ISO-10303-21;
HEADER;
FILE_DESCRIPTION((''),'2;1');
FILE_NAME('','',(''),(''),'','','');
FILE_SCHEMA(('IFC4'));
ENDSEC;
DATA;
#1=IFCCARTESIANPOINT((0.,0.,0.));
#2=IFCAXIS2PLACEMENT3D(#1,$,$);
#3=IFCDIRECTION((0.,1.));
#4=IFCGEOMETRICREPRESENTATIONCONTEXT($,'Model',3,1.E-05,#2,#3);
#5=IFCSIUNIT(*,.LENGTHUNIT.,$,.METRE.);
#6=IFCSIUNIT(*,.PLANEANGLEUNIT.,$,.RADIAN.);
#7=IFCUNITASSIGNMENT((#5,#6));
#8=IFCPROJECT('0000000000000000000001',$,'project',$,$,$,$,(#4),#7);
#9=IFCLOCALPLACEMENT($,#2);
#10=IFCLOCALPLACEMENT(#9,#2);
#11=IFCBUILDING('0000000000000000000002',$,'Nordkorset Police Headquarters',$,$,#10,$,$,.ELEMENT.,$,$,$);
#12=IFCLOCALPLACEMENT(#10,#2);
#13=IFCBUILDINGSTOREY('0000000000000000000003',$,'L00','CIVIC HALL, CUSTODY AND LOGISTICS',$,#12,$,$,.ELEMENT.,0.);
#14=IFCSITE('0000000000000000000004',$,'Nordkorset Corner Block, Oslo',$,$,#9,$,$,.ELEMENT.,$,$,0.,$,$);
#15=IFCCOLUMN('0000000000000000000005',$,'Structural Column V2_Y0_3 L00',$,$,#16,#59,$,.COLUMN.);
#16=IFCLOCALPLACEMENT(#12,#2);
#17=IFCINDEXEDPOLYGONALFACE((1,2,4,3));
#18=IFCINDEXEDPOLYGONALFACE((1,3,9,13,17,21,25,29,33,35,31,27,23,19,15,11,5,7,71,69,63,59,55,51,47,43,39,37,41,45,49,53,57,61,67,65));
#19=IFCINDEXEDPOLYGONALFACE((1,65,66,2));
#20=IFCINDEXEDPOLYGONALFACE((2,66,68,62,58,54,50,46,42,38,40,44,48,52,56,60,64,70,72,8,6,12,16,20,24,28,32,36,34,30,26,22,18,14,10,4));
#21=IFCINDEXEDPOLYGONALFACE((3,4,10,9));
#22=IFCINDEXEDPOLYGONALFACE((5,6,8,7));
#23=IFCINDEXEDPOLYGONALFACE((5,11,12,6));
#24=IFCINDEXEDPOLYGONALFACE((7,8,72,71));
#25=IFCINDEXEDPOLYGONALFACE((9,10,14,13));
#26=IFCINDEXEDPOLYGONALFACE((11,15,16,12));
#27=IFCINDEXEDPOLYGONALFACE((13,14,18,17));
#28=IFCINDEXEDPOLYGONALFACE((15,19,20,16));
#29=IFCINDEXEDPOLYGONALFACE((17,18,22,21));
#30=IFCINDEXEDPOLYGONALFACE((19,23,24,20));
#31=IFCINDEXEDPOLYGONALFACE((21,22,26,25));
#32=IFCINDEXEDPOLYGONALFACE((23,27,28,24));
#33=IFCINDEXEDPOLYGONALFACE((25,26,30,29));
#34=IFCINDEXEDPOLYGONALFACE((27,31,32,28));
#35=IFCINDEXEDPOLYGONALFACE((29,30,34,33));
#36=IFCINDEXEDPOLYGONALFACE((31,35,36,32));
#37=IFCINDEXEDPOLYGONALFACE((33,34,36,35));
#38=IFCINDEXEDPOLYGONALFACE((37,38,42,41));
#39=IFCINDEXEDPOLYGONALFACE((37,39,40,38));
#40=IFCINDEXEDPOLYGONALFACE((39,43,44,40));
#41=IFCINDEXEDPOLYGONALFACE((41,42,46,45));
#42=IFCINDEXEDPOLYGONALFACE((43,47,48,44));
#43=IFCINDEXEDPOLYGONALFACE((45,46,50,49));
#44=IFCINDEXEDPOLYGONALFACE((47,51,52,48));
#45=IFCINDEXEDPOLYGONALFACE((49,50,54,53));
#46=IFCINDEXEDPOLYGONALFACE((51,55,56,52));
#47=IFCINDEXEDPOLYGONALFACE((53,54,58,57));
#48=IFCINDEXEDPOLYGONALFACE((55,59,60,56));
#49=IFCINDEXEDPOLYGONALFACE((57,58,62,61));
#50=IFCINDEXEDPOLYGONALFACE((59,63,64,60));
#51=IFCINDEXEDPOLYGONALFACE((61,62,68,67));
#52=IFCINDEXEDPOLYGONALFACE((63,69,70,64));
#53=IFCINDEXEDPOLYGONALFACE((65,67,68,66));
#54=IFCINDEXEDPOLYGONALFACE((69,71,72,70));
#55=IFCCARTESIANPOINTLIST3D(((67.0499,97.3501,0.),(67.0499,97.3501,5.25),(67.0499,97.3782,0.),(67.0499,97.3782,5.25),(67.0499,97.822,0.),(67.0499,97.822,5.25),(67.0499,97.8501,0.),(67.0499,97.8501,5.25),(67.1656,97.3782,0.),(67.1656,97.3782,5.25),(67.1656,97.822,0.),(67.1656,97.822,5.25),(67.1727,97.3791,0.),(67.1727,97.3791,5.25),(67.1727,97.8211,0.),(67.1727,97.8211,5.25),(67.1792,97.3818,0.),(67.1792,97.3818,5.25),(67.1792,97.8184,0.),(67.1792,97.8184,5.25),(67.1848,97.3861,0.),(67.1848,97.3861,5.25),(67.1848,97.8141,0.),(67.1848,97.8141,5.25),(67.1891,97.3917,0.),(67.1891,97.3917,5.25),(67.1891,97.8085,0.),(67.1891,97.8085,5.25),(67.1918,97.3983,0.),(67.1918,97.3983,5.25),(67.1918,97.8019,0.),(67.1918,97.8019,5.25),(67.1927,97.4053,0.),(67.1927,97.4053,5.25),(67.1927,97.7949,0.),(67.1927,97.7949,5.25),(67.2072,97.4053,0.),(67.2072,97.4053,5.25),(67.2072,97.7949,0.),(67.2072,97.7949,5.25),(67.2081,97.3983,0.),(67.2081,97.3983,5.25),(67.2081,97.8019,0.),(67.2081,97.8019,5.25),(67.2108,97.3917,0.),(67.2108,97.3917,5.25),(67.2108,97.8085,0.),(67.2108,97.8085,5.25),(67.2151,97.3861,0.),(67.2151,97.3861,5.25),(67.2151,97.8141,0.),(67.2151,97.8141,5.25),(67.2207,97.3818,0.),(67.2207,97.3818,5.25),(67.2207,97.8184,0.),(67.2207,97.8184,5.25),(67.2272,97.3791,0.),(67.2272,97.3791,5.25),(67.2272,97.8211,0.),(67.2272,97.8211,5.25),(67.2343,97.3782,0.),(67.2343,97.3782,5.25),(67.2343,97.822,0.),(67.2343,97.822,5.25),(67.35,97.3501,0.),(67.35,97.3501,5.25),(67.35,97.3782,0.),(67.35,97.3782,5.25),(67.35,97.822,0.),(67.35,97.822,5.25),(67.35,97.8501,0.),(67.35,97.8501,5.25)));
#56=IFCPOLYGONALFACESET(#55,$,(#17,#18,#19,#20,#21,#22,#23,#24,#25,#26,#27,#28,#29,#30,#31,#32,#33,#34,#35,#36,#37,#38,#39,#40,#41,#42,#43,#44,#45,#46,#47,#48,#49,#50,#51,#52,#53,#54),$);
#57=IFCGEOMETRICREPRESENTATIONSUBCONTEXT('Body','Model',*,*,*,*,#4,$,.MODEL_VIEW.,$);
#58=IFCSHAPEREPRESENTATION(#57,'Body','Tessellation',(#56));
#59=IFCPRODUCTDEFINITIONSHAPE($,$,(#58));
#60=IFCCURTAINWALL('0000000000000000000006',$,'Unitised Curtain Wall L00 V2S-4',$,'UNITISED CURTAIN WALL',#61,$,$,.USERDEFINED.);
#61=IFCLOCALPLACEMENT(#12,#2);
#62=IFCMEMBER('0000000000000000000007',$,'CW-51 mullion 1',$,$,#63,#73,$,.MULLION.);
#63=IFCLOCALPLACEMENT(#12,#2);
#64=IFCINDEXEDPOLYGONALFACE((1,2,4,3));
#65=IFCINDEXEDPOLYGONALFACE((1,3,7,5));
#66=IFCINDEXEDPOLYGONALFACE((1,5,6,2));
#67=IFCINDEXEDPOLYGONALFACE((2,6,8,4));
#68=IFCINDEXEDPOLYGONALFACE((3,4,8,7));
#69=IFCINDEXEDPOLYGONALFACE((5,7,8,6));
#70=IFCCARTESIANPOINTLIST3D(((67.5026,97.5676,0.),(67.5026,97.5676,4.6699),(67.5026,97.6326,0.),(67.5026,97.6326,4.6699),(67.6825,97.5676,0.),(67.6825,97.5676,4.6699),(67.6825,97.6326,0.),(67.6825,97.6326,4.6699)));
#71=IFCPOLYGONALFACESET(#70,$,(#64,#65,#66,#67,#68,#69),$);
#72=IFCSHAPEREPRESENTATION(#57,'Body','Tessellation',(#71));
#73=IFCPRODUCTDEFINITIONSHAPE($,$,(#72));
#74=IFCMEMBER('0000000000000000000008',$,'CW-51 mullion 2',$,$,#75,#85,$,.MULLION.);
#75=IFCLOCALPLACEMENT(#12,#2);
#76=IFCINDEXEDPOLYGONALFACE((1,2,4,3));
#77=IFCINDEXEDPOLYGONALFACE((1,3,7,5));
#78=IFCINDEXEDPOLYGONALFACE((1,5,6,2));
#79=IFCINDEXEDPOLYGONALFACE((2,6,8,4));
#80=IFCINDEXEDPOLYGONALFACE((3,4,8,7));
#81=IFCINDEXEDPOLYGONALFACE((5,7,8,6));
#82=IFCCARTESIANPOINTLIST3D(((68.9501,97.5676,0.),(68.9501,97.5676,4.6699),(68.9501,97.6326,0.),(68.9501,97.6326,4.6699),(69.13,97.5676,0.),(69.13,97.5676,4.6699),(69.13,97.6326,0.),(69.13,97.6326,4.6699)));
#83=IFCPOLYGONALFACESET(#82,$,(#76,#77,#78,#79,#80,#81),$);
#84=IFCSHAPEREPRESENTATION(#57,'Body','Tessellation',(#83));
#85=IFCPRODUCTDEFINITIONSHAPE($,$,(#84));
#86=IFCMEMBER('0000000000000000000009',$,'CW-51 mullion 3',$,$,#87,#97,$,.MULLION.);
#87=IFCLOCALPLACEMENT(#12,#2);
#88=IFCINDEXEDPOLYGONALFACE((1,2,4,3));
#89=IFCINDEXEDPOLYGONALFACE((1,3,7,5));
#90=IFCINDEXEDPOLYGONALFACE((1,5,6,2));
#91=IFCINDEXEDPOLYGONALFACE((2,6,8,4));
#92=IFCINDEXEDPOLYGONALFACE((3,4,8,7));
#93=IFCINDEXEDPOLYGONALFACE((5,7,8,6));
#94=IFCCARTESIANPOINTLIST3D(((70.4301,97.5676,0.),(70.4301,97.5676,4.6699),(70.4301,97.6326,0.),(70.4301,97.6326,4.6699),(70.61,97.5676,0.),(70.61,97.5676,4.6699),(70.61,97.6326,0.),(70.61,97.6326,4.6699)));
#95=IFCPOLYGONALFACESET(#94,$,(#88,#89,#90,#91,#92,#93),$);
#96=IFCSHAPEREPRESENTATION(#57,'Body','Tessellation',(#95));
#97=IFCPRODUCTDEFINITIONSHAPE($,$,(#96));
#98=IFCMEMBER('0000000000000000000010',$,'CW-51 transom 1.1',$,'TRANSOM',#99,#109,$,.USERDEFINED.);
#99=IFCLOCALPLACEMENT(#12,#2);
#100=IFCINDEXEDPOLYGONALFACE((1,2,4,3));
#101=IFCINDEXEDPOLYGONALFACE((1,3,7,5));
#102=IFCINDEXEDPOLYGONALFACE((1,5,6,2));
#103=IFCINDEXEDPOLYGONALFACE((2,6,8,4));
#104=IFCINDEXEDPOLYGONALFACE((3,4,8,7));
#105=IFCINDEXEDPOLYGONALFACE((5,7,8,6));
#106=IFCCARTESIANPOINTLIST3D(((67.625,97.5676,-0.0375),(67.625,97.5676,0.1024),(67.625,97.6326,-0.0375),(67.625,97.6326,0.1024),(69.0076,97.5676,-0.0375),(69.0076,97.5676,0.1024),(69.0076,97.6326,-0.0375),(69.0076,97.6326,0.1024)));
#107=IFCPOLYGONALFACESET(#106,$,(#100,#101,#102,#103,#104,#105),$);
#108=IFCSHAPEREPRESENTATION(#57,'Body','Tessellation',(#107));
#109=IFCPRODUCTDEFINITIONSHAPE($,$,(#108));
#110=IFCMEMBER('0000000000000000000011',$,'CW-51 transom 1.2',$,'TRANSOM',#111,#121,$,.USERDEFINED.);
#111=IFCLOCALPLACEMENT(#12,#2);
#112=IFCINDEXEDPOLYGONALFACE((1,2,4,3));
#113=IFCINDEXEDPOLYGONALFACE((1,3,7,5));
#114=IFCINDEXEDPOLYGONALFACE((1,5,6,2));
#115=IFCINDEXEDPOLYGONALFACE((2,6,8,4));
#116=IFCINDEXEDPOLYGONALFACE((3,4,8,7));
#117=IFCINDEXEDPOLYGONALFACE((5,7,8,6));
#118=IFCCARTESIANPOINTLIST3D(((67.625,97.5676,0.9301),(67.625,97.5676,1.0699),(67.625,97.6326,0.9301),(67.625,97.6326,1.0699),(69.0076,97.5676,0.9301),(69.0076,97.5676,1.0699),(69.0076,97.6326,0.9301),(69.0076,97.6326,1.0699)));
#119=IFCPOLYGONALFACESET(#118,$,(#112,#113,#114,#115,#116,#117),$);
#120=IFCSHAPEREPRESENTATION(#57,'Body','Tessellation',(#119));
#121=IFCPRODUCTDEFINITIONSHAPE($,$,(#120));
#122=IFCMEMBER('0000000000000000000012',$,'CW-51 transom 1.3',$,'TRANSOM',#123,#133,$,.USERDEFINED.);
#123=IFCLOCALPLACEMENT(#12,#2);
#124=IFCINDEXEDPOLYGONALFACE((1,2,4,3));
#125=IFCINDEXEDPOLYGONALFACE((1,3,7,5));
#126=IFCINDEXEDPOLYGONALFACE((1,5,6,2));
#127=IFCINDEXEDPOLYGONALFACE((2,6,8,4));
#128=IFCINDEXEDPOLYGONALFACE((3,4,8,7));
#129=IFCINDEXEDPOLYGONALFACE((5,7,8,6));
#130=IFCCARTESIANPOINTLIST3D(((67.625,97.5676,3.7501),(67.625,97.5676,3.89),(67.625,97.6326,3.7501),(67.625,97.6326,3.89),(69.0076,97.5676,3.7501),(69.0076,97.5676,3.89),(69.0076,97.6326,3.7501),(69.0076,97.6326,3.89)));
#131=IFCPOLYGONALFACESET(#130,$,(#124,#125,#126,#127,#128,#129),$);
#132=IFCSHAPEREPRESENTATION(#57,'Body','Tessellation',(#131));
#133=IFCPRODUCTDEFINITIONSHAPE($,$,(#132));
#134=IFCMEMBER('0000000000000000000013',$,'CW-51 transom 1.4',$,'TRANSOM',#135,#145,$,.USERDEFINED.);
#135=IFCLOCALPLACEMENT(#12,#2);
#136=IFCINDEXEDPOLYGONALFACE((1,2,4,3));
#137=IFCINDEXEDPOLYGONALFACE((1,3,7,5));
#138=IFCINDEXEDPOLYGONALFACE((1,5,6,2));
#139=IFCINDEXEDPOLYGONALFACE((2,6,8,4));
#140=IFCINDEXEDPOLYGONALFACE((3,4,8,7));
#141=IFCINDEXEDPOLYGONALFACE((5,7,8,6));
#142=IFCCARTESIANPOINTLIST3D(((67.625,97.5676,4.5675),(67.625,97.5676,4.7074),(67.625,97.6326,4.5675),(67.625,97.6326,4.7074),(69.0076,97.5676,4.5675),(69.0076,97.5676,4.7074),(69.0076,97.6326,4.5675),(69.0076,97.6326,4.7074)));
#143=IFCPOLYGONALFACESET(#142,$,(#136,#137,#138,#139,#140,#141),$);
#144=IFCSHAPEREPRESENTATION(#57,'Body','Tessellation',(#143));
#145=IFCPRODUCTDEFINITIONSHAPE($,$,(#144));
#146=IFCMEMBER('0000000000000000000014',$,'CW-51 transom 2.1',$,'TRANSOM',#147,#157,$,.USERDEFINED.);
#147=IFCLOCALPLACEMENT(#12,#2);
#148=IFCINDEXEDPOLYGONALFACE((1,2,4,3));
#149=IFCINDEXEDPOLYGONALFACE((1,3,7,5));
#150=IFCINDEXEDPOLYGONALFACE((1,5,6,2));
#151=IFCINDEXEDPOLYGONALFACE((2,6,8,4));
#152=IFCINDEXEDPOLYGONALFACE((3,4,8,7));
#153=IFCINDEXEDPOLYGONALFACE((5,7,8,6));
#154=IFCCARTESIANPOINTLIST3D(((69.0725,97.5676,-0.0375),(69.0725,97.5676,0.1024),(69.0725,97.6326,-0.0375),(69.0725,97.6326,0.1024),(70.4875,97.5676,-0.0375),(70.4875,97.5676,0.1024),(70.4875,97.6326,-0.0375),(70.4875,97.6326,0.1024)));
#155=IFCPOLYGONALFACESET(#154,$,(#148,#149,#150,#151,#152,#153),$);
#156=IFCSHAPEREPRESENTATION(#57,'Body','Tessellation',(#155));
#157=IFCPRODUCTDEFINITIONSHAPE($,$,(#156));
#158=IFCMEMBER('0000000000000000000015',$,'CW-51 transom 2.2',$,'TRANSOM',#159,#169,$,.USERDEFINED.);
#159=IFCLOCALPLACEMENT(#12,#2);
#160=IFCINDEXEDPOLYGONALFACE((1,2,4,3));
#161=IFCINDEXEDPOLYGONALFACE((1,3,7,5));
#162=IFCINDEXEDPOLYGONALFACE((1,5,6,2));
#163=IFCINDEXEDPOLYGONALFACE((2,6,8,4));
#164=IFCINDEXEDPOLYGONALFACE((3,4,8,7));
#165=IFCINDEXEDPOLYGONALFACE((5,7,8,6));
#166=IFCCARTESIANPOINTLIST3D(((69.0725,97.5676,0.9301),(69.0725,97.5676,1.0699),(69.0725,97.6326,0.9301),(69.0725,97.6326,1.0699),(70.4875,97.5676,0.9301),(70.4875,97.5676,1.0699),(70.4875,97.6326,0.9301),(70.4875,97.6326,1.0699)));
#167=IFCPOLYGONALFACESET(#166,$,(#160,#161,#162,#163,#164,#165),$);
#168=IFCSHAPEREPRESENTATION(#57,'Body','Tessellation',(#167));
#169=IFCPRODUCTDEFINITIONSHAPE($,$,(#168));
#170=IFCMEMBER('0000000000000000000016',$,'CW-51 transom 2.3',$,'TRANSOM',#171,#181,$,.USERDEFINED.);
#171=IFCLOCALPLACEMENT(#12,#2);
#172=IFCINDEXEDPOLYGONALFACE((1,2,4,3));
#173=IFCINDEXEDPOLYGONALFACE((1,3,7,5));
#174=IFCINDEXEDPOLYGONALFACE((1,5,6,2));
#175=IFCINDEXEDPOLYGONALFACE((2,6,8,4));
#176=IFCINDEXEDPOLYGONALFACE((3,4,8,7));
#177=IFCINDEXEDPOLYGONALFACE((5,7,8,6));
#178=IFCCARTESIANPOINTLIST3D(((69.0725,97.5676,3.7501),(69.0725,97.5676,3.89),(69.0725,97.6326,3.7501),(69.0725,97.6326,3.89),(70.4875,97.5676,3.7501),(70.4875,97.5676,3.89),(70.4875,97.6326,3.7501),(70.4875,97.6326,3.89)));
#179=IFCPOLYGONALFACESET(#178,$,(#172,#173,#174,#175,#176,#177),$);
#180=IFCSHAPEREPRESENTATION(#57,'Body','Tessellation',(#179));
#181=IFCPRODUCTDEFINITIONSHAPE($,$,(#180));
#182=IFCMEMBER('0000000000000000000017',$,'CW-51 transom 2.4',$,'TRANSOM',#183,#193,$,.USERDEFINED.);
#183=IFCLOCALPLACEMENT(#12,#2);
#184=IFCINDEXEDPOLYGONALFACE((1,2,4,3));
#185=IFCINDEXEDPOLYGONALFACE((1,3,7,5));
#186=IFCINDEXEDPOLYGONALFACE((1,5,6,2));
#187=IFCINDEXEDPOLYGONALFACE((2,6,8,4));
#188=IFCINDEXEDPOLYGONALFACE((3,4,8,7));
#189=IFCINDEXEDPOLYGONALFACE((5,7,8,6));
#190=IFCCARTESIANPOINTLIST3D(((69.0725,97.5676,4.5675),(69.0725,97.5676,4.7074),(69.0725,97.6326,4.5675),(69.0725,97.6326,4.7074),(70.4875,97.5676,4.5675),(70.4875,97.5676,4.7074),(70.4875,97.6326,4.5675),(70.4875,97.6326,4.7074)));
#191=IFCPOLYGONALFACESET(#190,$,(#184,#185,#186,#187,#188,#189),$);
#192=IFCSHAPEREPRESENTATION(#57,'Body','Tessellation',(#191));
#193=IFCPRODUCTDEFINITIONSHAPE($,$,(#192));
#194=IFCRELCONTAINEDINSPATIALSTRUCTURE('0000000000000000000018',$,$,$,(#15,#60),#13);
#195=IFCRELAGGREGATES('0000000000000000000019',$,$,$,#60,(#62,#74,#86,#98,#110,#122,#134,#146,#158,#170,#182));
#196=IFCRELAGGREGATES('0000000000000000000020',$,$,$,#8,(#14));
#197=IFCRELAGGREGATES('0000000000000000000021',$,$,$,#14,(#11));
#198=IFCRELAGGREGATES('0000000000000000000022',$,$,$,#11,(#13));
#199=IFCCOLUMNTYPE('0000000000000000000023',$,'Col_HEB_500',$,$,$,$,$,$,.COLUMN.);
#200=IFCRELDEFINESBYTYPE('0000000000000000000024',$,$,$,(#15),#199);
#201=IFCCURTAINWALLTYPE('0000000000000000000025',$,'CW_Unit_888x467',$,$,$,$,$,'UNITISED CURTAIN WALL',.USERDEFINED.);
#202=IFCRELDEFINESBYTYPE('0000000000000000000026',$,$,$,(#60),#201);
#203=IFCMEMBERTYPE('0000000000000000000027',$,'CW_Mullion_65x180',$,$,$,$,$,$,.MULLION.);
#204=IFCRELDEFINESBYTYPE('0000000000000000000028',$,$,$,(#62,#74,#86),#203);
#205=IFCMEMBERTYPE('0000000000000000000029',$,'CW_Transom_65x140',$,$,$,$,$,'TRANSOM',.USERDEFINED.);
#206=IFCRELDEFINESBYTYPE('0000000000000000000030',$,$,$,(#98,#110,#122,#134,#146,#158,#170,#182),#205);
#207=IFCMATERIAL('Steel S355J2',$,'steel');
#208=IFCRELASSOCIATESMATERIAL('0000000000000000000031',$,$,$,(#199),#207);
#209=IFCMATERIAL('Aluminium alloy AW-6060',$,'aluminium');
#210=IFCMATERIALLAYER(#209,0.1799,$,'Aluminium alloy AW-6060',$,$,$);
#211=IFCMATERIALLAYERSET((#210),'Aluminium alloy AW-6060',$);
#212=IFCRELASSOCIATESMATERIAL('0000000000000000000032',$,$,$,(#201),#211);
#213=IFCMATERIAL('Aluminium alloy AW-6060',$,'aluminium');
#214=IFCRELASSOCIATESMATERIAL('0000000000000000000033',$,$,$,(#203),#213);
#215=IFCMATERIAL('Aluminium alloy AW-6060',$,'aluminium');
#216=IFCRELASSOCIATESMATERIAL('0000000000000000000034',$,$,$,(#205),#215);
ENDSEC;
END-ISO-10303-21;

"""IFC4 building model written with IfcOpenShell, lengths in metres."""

from ifc_helpers import new_model, si_unit, direction, frame, origin, origin_2d, place, context, subcontext, project, spatial, rectangle, i_section, extrude, material, layer, layer_set, material_profile, profile_set, type_object, element, aggregate, save


model = new_model("IFC4")

# Units and contexts
model_context = context("Model", 3, precision=1e-05, world=origin(), true_north=direction((0.0, 1.0)))
body_context = subcontext(model_context, "Body", "Model", "MODEL_VIEW")
ifc_project = project(units=[si_unit("LENGTHUNIT", "METRE"), si_unit("PLANEANGLEUNIT", "RADIAN")], contexts=[model_context])

# Site, building, storey
site_placement = place(None, origin())
site = spatial("IfcSite", under=ifc_project, at=site_placement, Name="Nordkorset Corner Block, Oslo", CompositionType="ELEMENT", RefElevation=0.0)
building_placement = place(site_placement, origin())
building = spatial("IfcBuilding", under=site, at=building_placement, Name="Nordkorset Police Headquarters", CompositionType="ELEMENT")
storey_placement = place(building_placement, origin())
storey = spatial("IfcBuildingStorey", under=building, at=storey_placement, Name="L00", Description="CIVIC HALL, CUSTODY AND LOGISTICS", CompositionType="ELEMENT", Elevation=0.0)

# Column
ifc_material_1 = material(Name="Steel S355J2", Category="steel")
ifc_material_profile_1 = material_profile(ifc_material_1, i_section(OverallWidth=0.3, OverallDepth=0.5, WebThickness=0.0144, FlangeThickness=0.0281, FilletRadius=0.0271, at=origin_2d()), Name="HEB 500")
ifc_profile_set_1 = profile_set([ifc_material_profile_1], Name="Steel S355J2")
column_type = type_object("IfcColumnType", Name="Col_HEB_500", PredefinedType="COLUMN", material=ifc_profile_set_1)
column_placement = place(storey_placement, frame((67.2, 97.6001, 0.0), z_axis=(0.0, 0.0, 1.0), x_axis=(1.0, 0.0, 0.0)))
element("IfcColumn", 1, at=column_placement, inside=storey, type_object=column_type, Name="Structural Column V2_Y0_3 L00", PredefinedType="COLUMN", context=body_context, shape_type="SweptSolid", body=[
    extrude(i_section(OverallWidth=0.3, OverallDepth=0.5, WebThickness=0.0144, FlangeThickness=0.0281, FilletRadius=0.0271, at=origin_2d()), origin(), (0.0, 0.0, 1.0), 5.25),
])

# Curtain wall, members
ifc_material_2 = material(Name="Aluminium alloy AW-6060", Category="aluminium")
ifc_layer_1 = layer(ifc_material_2, 0.1799, Name="Aluminium alloy AW-6060")
ifc_layer_set_1 = layer_set([ifc_layer_1], Name="Aluminium alloy AW-6060")
curtain_wall_type = type_object("IfcCurtainWallType", Name="CW_Unit_888x467", ElementType="UNITISED CURTAIN WALL", PredefinedType="USERDEFINED", material=ifc_layer_set_1)
curtain_wall_placement = place(storey_placement, origin())
curtain_wall = element("IfcCurtainWall", 2, at=curtain_wall_placement, inside=storey, type_object=curtain_wall_type, Name="Unitised Curtain Wall L00 V2S-4", ObjectType="UNITISED CURTAIN WALL", PredefinedType="USERDEFINED")
ifc_material_3 = material(Name="Aluminium alloy AW-6060", Category="aluminium")
ifc_material_profile_2 = material_profile(ifc_material_3, rectangle(XDim=0.0649, YDim=0.1799, at=origin_2d()), Name="ALU MULL 65x180")
ifc_profile_set_2 = profile_set([ifc_material_profile_2], Name="Aluminium alloy AW-6060")
member_type_1 = type_object("IfcMemberType", Name="CW_Mullion_65x180", PredefinedType="MULLION", material=ifc_profile_set_2)
member_1_placement = place(storey_placement, frame((67.5925, 97.6001, 0.0), z_axis=(0.0, 0.0, 1.0), x_axis=(0.0, 1.0, 0.0)))
member_1 = element("IfcMember", 3, at=member_1_placement, type_object=member_type_1, Name="CW-51 mullion 1", PredefinedType="MULLION", context=body_context, shape_type="SweptSolid", body=[
    extrude(rectangle(XDim=0.0649, YDim=0.1799, at=origin_2d()), origin(), (0.0, 0.0, 1.0), 4.6699),
])
member_2_placement = place(storey_placement, frame((69.04, 97.6001, 0.0), z_axis=(0.0, 0.0, 1.0), x_axis=(0.0, 1.0, 0.0)))
member_2 = element("IfcMember", 4, at=member_2_placement, type_object=member_type_1, Name="CW-51 mullion 2", PredefinedType="MULLION", context=body_context, shape_type="SweptSolid", body=[
    extrude(rectangle(XDim=0.0649, YDim=0.1799, at=origin_2d()), origin(), (0.0, 0.0, 1.0), 4.6699),
])
member_3_placement = place(storey_placement, frame((70.52, 97.6001, 0.0), z_axis=(0.0, 0.0, 1.0), x_axis=(0.0, 1.0, 0.0)))
member_3 = element("IfcMember", 5, at=member_3_placement, type_object=member_type_1, Name="CW-51 mullion 3", PredefinedType="MULLION", context=body_context, shape_type="SweptSolid", body=[
    extrude(rectangle(XDim=0.0649, YDim=0.1799, at=origin_2d()), origin(), (0.0, 0.0, 1.0), 4.6699),
])
ifc_material_4 = material(Name="Aluminium alloy AW-6060", Category="aluminium")
ifc_material_profile_3 = material_profile(ifc_material_4, rectangle(XDim=0.0649, YDim=0.1399, at=origin_2d()), Name="ALU TRAN 65x140")
ifc_profile_set_3 = profile_set([ifc_material_profile_3], Name="Aluminium alloy AW-6060")
member_type_2 = type_object("IfcMemberType", Name="CW_Transom_65x140", ElementType="TRANSOM", PredefinedType="USERDEFINED", material=ifc_profile_set_3)
member_4_placement = place(storey_placement, frame((67.625, 97.6001, 0.0325), z_axis=(1.0, 0.0, 0.0), x_axis=(0.0, 1.0, 0.0)))
member_4 = element("IfcMember", 6, at=member_4_placement, type_object=member_type_2, Name="CW-51 transom 1.1", ObjectType="TRANSOM", PredefinedType="USERDEFINED", context=body_context, shape_type="SweptSolid", body=[
    extrude(rectangle(XDim=0.0649, YDim=0.1399, at=origin_2d()), origin(), (0.0, 0.0, 1.0), 1.3826),
])
member_5_placement = place(storey_placement, frame((67.625, 97.6001, 1.0), z_axis=(1.0, 0.0, 0.0), x_axis=(0.0, 1.0, 0.0)))
member_5 = element("IfcMember", 7, at=member_5_placement, type_object=member_type_2, Name="CW-51 transom 1.2", ObjectType="TRANSOM", PredefinedType="USERDEFINED", context=body_context, shape_type="SweptSolid", body=[
    extrude(rectangle(XDim=0.0649, YDim=0.1399, at=origin_2d()), origin(), (0.0, 0.0, 1.0), 1.3826),
])
member_6_placement = place(storey_placement, frame((67.625, 97.6001, 3.8201), z_axis=(1.0, 0.0, 0.0), x_axis=(0.0, 1.0, 0.0)))
member_6 = element("IfcMember", 8, at=member_6_placement, type_object=member_type_2, Name="CW-51 transom 1.3", ObjectType="TRANSOM", PredefinedType="USERDEFINED", context=body_context, shape_type="SweptSolid", body=[
    extrude(rectangle(XDim=0.0649, YDim=0.1399, at=origin_2d()), origin(), (0.0, 0.0, 1.0), 1.3826),
])
member_7_placement = place(storey_placement, frame((67.625, 97.6001, 4.6375), z_axis=(1.0, 0.0, 0.0), x_axis=(0.0, 1.0, 0.0)))
member_7 = element("IfcMember", 9, at=member_7_placement, type_object=member_type_2, Name="CW-51 transom 1.4", ObjectType="TRANSOM", PredefinedType="USERDEFINED", context=body_context, shape_type="SweptSolid", body=[
    extrude(rectangle(XDim=0.0649, YDim=0.1399, at=origin_2d()), origin(), (0.0, 0.0, 1.0), 1.3826),
])
member_8_placement = place(storey_placement, frame((69.0725, 97.6001, 0.0325), z_axis=(1.0, 0.0, 0.0), x_axis=(0.0, 1.0, 0.0)))
member_8 = element("IfcMember", 10, at=member_8_placement, type_object=member_type_2, Name="CW-51 transom 2.1", ObjectType="TRANSOM", PredefinedType="USERDEFINED", context=body_context, shape_type="SweptSolid", body=[
    extrude(rectangle(XDim=0.0649, YDim=0.1399, at=origin_2d()), origin(), (0.0, 0.0, 1.0), 1.415),
])
member_9_placement = place(storey_placement, frame((69.0725, 97.6001, 1.0), z_axis=(1.0, 0.0, 0.0), x_axis=(0.0, 1.0, 0.0)))
member_9 = element("IfcMember", 11, at=member_9_placement, type_object=member_type_2, Name="CW-51 transom 2.2", ObjectType="TRANSOM", PredefinedType="USERDEFINED", context=body_context, shape_type="SweptSolid", body=[
    extrude(rectangle(XDim=0.0649, YDim=0.1399, at=origin_2d()), origin(), (0.0, 0.0, 1.0), 1.415),
])
member_10_placement = place(storey_placement, frame((69.0725, 97.6001, 3.8201), z_axis=(1.0, 0.0, 0.0), x_axis=(0.0, 1.0, 0.0)))
member_10 = element("IfcMember", 12, at=member_10_placement, type_object=member_type_2, Name="CW-51 transom 2.3", ObjectType="TRANSOM", PredefinedType="USERDEFINED", context=body_context, shape_type="SweptSolid", body=[
    extrude(rectangle(XDim=0.0649, YDim=0.1399, at=origin_2d()), origin(), (0.0, 0.0, 1.0), 1.415),
])
member_11_placement = place(storey_placement, frame((69.0725, 97.6001, 4.6375), z_axis=(1.0, 0.0, 0.0), x_axis=(0.0, 1.0, 0.0)))
member_11 = element("IfcMember", 13, at=member_11_placement, type_object=member_type_2, Name="CW-51 transom 2.4", ObjectType="TRANSOM", PredefinedType="USERDEFINED", context=body_context, shape_type="SweptSolid", body=[
    extrude(rectangle(XDim=0.0649, YDim=0.1399, at=origin_2d()), origin(), (0.0, 0.0, 1.0), 1.415),
])

aggregate(curtain_wall, [member_1, member_2, member_3, member_4, member_5, member_6, member_7, member_8, member_9, member_10, member_11])

save(model, "model.ifc")
